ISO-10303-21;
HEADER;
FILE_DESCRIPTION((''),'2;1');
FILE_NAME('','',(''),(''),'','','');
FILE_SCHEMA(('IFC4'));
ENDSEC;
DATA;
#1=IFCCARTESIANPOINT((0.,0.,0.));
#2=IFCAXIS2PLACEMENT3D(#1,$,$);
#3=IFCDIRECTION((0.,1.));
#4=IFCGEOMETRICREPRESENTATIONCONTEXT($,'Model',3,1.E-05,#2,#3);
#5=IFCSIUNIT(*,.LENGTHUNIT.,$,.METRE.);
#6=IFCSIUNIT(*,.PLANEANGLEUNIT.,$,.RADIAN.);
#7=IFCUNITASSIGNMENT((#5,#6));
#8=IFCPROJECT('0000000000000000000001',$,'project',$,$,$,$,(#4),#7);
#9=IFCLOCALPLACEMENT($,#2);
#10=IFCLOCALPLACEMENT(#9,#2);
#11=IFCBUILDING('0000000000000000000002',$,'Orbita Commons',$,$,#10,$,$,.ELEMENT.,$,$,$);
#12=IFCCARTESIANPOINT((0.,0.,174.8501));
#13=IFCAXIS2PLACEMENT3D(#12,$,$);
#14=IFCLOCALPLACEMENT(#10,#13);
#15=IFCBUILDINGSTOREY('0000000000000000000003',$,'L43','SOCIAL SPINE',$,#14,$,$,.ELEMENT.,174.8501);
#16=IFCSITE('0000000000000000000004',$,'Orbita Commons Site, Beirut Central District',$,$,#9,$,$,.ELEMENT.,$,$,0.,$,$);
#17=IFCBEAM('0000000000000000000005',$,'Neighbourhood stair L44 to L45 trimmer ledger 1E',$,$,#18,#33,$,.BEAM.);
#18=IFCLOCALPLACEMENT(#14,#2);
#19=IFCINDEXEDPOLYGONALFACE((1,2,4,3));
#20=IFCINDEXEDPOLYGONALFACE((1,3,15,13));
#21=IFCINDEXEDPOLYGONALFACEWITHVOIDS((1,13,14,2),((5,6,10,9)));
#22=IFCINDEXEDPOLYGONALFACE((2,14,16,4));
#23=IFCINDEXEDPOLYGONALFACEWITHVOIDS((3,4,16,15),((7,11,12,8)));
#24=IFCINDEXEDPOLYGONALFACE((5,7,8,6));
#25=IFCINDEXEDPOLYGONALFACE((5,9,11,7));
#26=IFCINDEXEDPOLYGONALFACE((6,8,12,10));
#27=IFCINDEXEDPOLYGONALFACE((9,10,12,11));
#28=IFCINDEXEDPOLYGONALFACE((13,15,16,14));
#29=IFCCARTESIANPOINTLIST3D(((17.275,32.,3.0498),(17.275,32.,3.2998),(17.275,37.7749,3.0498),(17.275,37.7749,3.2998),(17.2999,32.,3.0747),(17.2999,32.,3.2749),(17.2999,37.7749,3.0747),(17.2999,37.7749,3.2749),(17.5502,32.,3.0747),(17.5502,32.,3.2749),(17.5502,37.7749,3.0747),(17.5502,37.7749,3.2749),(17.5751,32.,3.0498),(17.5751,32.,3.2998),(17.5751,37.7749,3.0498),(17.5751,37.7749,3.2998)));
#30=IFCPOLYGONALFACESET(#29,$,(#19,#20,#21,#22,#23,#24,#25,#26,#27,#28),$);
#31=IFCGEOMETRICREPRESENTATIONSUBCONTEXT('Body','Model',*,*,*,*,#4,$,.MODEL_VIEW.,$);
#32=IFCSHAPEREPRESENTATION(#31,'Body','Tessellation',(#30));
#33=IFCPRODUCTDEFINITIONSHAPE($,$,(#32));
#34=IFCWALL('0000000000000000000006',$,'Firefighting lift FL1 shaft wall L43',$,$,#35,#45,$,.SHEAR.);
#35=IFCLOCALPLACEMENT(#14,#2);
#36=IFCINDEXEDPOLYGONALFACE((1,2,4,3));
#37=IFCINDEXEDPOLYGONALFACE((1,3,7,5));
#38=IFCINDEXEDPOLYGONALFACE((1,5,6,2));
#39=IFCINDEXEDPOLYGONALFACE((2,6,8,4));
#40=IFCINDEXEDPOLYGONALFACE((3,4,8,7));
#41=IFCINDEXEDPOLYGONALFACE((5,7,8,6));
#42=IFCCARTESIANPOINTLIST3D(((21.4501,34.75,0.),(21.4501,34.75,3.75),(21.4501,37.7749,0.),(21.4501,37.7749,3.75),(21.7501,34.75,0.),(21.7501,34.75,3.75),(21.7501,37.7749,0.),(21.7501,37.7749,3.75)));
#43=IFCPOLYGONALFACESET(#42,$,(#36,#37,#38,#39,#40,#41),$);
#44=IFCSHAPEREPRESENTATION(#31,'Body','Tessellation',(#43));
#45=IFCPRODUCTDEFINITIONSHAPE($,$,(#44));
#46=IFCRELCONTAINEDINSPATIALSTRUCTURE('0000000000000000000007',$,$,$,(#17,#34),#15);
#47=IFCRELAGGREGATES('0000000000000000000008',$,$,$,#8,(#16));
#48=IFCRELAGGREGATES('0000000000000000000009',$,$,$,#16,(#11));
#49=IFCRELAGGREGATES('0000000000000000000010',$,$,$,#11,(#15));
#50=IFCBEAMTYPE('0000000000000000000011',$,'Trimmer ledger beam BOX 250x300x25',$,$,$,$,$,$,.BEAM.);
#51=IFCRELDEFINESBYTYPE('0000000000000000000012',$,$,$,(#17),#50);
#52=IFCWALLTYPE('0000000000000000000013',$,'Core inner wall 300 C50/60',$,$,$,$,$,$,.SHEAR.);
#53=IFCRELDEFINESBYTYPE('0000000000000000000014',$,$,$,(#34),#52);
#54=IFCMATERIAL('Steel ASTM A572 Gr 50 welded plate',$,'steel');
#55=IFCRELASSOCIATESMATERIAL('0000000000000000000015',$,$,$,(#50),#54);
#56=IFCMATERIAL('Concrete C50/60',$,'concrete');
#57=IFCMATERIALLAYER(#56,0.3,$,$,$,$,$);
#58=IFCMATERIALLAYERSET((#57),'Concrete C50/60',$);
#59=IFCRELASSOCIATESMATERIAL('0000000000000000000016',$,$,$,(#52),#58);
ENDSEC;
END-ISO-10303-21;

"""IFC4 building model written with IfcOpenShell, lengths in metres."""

from ifc_helpers import new_model, si_unit, direction, frame, frame_2d, origin, origin_2d, place, context, subcontext, project, spatial, rectangle, hollow_rectangle, extrude, material, layer, layer_set, material_profile, profile_set, type_object, element, save


model = new_model("IFC4")

# Units and contexts
model_context = context("Model", 3, precision=1e-05, world=origin(), true_north=direction((0.0, 1.0)))
body_context = subcontext(model_context, "Body", "Model", "MODEL_VIEW")
ifc_project = project(units=[si_unit("LENGTHUNIT", "METRE"), si_unit("PLANEANGLEUNIT", "RADIAN")], contexts=[model_context])

# Site, building, storey
site_placement = place(None, origin())
site = spatial("IfcSite", under=ifc_project, at=site_placement, Name="Orbita Commons Site, Beirut Central District", CompositionType="ELEMENT", RefElevation=0.0)
building_placement = place(site_placement, origin())
building = spatial("IfcBuilding", under=site, at=building_placement, Name="Orbita Commons", CompositionType="ELEMENT")
storey_placement = place(building_placement, frame((0.0, 0.0, 174.8501)))
storey = spatial("IfcBuildingStorey", under=building, at=storey_placement, Name="L43", Description="SOCIAL SPINE", CompositionType="ELEMENT", Elevation=174.8501)

# Beam
ifc_material_1 = material(Name="Steel ASTM A572 Gr 50 welded plate", Category="steel")
ifc_material_profile = material_profile(ifc_material_1, hollow_rectangle(XDim=0.3, YDim=0.25, WallThickness=0.0249, at=origin_2d()), Name="BOX 250x300x25")
ifc_profile_set = profile_set([ifc_material_profile], Name="Steel ASTM A572 Gr 50 welded plate")
beam_type = type_object("IfcBeamType", Name="Trimmer ledger beam BOX 250x300x25", PredefinedType="BEAM", material=ifc_profile_set)
beam_placement = place(storey_placement, frame((17.425, 32.0, 3.1748), z_axis=(0.0, 1.0, 0.0), x_axis=(-1.0, 0.0, 0.0)))
element("IfcBeam", 1, at=beam_placement, inside=storey, type_object=beam_type, Name="Neighbourhood stair L44 to L45 trimmer ledger 1E", PredefinedType="BEAM", context=body_context, shape_type="SweptSolid", body=[
    extrude(hollow_rectangle(XDim=0.3, YDim=0.25, WallThickness=0.0249, at=origin_2d()), origin(), (0.0, 0.0, 1.0), 5.7749),
])

# Shared definitions
ifc_material_2 = material(Name="Concrete C50/60", Category="concrete")
ifc_layer = layer(ifc_material_2, 0.3)
ifc_layer_set = layer_set([ifc_layer], Name="Concrete C50/60")
wall_type = type_object("IfcWallType", Name="Core inner wall 300 C50/60", PredefinedType="SHEAR", material=ifc_layer_set)

# Wall
wall_1_placement = place(storey_placement, frame((21.6001, 34.75, 0.0), z_axis=(0.0, 0.0, 1.0), x_axis=(0.0, 1.0, 0.0)))
element("IfcWall", 2, at=wall_1_placement, inside=storey, type_object=wall_type, Name="Firefighting lift FL1 shaft wall L43", PredefinedType="SHEAR", context=body_context, shape_type="SweptSolid", body=[
    extrude(rectangle(XDim=3.0249, YDim=0.3, at=frame_2d((1.5125, 0.0))), origin(), (0.0, 0.0, 1.0), 3.75),
])

save(model, "model.ifc")
